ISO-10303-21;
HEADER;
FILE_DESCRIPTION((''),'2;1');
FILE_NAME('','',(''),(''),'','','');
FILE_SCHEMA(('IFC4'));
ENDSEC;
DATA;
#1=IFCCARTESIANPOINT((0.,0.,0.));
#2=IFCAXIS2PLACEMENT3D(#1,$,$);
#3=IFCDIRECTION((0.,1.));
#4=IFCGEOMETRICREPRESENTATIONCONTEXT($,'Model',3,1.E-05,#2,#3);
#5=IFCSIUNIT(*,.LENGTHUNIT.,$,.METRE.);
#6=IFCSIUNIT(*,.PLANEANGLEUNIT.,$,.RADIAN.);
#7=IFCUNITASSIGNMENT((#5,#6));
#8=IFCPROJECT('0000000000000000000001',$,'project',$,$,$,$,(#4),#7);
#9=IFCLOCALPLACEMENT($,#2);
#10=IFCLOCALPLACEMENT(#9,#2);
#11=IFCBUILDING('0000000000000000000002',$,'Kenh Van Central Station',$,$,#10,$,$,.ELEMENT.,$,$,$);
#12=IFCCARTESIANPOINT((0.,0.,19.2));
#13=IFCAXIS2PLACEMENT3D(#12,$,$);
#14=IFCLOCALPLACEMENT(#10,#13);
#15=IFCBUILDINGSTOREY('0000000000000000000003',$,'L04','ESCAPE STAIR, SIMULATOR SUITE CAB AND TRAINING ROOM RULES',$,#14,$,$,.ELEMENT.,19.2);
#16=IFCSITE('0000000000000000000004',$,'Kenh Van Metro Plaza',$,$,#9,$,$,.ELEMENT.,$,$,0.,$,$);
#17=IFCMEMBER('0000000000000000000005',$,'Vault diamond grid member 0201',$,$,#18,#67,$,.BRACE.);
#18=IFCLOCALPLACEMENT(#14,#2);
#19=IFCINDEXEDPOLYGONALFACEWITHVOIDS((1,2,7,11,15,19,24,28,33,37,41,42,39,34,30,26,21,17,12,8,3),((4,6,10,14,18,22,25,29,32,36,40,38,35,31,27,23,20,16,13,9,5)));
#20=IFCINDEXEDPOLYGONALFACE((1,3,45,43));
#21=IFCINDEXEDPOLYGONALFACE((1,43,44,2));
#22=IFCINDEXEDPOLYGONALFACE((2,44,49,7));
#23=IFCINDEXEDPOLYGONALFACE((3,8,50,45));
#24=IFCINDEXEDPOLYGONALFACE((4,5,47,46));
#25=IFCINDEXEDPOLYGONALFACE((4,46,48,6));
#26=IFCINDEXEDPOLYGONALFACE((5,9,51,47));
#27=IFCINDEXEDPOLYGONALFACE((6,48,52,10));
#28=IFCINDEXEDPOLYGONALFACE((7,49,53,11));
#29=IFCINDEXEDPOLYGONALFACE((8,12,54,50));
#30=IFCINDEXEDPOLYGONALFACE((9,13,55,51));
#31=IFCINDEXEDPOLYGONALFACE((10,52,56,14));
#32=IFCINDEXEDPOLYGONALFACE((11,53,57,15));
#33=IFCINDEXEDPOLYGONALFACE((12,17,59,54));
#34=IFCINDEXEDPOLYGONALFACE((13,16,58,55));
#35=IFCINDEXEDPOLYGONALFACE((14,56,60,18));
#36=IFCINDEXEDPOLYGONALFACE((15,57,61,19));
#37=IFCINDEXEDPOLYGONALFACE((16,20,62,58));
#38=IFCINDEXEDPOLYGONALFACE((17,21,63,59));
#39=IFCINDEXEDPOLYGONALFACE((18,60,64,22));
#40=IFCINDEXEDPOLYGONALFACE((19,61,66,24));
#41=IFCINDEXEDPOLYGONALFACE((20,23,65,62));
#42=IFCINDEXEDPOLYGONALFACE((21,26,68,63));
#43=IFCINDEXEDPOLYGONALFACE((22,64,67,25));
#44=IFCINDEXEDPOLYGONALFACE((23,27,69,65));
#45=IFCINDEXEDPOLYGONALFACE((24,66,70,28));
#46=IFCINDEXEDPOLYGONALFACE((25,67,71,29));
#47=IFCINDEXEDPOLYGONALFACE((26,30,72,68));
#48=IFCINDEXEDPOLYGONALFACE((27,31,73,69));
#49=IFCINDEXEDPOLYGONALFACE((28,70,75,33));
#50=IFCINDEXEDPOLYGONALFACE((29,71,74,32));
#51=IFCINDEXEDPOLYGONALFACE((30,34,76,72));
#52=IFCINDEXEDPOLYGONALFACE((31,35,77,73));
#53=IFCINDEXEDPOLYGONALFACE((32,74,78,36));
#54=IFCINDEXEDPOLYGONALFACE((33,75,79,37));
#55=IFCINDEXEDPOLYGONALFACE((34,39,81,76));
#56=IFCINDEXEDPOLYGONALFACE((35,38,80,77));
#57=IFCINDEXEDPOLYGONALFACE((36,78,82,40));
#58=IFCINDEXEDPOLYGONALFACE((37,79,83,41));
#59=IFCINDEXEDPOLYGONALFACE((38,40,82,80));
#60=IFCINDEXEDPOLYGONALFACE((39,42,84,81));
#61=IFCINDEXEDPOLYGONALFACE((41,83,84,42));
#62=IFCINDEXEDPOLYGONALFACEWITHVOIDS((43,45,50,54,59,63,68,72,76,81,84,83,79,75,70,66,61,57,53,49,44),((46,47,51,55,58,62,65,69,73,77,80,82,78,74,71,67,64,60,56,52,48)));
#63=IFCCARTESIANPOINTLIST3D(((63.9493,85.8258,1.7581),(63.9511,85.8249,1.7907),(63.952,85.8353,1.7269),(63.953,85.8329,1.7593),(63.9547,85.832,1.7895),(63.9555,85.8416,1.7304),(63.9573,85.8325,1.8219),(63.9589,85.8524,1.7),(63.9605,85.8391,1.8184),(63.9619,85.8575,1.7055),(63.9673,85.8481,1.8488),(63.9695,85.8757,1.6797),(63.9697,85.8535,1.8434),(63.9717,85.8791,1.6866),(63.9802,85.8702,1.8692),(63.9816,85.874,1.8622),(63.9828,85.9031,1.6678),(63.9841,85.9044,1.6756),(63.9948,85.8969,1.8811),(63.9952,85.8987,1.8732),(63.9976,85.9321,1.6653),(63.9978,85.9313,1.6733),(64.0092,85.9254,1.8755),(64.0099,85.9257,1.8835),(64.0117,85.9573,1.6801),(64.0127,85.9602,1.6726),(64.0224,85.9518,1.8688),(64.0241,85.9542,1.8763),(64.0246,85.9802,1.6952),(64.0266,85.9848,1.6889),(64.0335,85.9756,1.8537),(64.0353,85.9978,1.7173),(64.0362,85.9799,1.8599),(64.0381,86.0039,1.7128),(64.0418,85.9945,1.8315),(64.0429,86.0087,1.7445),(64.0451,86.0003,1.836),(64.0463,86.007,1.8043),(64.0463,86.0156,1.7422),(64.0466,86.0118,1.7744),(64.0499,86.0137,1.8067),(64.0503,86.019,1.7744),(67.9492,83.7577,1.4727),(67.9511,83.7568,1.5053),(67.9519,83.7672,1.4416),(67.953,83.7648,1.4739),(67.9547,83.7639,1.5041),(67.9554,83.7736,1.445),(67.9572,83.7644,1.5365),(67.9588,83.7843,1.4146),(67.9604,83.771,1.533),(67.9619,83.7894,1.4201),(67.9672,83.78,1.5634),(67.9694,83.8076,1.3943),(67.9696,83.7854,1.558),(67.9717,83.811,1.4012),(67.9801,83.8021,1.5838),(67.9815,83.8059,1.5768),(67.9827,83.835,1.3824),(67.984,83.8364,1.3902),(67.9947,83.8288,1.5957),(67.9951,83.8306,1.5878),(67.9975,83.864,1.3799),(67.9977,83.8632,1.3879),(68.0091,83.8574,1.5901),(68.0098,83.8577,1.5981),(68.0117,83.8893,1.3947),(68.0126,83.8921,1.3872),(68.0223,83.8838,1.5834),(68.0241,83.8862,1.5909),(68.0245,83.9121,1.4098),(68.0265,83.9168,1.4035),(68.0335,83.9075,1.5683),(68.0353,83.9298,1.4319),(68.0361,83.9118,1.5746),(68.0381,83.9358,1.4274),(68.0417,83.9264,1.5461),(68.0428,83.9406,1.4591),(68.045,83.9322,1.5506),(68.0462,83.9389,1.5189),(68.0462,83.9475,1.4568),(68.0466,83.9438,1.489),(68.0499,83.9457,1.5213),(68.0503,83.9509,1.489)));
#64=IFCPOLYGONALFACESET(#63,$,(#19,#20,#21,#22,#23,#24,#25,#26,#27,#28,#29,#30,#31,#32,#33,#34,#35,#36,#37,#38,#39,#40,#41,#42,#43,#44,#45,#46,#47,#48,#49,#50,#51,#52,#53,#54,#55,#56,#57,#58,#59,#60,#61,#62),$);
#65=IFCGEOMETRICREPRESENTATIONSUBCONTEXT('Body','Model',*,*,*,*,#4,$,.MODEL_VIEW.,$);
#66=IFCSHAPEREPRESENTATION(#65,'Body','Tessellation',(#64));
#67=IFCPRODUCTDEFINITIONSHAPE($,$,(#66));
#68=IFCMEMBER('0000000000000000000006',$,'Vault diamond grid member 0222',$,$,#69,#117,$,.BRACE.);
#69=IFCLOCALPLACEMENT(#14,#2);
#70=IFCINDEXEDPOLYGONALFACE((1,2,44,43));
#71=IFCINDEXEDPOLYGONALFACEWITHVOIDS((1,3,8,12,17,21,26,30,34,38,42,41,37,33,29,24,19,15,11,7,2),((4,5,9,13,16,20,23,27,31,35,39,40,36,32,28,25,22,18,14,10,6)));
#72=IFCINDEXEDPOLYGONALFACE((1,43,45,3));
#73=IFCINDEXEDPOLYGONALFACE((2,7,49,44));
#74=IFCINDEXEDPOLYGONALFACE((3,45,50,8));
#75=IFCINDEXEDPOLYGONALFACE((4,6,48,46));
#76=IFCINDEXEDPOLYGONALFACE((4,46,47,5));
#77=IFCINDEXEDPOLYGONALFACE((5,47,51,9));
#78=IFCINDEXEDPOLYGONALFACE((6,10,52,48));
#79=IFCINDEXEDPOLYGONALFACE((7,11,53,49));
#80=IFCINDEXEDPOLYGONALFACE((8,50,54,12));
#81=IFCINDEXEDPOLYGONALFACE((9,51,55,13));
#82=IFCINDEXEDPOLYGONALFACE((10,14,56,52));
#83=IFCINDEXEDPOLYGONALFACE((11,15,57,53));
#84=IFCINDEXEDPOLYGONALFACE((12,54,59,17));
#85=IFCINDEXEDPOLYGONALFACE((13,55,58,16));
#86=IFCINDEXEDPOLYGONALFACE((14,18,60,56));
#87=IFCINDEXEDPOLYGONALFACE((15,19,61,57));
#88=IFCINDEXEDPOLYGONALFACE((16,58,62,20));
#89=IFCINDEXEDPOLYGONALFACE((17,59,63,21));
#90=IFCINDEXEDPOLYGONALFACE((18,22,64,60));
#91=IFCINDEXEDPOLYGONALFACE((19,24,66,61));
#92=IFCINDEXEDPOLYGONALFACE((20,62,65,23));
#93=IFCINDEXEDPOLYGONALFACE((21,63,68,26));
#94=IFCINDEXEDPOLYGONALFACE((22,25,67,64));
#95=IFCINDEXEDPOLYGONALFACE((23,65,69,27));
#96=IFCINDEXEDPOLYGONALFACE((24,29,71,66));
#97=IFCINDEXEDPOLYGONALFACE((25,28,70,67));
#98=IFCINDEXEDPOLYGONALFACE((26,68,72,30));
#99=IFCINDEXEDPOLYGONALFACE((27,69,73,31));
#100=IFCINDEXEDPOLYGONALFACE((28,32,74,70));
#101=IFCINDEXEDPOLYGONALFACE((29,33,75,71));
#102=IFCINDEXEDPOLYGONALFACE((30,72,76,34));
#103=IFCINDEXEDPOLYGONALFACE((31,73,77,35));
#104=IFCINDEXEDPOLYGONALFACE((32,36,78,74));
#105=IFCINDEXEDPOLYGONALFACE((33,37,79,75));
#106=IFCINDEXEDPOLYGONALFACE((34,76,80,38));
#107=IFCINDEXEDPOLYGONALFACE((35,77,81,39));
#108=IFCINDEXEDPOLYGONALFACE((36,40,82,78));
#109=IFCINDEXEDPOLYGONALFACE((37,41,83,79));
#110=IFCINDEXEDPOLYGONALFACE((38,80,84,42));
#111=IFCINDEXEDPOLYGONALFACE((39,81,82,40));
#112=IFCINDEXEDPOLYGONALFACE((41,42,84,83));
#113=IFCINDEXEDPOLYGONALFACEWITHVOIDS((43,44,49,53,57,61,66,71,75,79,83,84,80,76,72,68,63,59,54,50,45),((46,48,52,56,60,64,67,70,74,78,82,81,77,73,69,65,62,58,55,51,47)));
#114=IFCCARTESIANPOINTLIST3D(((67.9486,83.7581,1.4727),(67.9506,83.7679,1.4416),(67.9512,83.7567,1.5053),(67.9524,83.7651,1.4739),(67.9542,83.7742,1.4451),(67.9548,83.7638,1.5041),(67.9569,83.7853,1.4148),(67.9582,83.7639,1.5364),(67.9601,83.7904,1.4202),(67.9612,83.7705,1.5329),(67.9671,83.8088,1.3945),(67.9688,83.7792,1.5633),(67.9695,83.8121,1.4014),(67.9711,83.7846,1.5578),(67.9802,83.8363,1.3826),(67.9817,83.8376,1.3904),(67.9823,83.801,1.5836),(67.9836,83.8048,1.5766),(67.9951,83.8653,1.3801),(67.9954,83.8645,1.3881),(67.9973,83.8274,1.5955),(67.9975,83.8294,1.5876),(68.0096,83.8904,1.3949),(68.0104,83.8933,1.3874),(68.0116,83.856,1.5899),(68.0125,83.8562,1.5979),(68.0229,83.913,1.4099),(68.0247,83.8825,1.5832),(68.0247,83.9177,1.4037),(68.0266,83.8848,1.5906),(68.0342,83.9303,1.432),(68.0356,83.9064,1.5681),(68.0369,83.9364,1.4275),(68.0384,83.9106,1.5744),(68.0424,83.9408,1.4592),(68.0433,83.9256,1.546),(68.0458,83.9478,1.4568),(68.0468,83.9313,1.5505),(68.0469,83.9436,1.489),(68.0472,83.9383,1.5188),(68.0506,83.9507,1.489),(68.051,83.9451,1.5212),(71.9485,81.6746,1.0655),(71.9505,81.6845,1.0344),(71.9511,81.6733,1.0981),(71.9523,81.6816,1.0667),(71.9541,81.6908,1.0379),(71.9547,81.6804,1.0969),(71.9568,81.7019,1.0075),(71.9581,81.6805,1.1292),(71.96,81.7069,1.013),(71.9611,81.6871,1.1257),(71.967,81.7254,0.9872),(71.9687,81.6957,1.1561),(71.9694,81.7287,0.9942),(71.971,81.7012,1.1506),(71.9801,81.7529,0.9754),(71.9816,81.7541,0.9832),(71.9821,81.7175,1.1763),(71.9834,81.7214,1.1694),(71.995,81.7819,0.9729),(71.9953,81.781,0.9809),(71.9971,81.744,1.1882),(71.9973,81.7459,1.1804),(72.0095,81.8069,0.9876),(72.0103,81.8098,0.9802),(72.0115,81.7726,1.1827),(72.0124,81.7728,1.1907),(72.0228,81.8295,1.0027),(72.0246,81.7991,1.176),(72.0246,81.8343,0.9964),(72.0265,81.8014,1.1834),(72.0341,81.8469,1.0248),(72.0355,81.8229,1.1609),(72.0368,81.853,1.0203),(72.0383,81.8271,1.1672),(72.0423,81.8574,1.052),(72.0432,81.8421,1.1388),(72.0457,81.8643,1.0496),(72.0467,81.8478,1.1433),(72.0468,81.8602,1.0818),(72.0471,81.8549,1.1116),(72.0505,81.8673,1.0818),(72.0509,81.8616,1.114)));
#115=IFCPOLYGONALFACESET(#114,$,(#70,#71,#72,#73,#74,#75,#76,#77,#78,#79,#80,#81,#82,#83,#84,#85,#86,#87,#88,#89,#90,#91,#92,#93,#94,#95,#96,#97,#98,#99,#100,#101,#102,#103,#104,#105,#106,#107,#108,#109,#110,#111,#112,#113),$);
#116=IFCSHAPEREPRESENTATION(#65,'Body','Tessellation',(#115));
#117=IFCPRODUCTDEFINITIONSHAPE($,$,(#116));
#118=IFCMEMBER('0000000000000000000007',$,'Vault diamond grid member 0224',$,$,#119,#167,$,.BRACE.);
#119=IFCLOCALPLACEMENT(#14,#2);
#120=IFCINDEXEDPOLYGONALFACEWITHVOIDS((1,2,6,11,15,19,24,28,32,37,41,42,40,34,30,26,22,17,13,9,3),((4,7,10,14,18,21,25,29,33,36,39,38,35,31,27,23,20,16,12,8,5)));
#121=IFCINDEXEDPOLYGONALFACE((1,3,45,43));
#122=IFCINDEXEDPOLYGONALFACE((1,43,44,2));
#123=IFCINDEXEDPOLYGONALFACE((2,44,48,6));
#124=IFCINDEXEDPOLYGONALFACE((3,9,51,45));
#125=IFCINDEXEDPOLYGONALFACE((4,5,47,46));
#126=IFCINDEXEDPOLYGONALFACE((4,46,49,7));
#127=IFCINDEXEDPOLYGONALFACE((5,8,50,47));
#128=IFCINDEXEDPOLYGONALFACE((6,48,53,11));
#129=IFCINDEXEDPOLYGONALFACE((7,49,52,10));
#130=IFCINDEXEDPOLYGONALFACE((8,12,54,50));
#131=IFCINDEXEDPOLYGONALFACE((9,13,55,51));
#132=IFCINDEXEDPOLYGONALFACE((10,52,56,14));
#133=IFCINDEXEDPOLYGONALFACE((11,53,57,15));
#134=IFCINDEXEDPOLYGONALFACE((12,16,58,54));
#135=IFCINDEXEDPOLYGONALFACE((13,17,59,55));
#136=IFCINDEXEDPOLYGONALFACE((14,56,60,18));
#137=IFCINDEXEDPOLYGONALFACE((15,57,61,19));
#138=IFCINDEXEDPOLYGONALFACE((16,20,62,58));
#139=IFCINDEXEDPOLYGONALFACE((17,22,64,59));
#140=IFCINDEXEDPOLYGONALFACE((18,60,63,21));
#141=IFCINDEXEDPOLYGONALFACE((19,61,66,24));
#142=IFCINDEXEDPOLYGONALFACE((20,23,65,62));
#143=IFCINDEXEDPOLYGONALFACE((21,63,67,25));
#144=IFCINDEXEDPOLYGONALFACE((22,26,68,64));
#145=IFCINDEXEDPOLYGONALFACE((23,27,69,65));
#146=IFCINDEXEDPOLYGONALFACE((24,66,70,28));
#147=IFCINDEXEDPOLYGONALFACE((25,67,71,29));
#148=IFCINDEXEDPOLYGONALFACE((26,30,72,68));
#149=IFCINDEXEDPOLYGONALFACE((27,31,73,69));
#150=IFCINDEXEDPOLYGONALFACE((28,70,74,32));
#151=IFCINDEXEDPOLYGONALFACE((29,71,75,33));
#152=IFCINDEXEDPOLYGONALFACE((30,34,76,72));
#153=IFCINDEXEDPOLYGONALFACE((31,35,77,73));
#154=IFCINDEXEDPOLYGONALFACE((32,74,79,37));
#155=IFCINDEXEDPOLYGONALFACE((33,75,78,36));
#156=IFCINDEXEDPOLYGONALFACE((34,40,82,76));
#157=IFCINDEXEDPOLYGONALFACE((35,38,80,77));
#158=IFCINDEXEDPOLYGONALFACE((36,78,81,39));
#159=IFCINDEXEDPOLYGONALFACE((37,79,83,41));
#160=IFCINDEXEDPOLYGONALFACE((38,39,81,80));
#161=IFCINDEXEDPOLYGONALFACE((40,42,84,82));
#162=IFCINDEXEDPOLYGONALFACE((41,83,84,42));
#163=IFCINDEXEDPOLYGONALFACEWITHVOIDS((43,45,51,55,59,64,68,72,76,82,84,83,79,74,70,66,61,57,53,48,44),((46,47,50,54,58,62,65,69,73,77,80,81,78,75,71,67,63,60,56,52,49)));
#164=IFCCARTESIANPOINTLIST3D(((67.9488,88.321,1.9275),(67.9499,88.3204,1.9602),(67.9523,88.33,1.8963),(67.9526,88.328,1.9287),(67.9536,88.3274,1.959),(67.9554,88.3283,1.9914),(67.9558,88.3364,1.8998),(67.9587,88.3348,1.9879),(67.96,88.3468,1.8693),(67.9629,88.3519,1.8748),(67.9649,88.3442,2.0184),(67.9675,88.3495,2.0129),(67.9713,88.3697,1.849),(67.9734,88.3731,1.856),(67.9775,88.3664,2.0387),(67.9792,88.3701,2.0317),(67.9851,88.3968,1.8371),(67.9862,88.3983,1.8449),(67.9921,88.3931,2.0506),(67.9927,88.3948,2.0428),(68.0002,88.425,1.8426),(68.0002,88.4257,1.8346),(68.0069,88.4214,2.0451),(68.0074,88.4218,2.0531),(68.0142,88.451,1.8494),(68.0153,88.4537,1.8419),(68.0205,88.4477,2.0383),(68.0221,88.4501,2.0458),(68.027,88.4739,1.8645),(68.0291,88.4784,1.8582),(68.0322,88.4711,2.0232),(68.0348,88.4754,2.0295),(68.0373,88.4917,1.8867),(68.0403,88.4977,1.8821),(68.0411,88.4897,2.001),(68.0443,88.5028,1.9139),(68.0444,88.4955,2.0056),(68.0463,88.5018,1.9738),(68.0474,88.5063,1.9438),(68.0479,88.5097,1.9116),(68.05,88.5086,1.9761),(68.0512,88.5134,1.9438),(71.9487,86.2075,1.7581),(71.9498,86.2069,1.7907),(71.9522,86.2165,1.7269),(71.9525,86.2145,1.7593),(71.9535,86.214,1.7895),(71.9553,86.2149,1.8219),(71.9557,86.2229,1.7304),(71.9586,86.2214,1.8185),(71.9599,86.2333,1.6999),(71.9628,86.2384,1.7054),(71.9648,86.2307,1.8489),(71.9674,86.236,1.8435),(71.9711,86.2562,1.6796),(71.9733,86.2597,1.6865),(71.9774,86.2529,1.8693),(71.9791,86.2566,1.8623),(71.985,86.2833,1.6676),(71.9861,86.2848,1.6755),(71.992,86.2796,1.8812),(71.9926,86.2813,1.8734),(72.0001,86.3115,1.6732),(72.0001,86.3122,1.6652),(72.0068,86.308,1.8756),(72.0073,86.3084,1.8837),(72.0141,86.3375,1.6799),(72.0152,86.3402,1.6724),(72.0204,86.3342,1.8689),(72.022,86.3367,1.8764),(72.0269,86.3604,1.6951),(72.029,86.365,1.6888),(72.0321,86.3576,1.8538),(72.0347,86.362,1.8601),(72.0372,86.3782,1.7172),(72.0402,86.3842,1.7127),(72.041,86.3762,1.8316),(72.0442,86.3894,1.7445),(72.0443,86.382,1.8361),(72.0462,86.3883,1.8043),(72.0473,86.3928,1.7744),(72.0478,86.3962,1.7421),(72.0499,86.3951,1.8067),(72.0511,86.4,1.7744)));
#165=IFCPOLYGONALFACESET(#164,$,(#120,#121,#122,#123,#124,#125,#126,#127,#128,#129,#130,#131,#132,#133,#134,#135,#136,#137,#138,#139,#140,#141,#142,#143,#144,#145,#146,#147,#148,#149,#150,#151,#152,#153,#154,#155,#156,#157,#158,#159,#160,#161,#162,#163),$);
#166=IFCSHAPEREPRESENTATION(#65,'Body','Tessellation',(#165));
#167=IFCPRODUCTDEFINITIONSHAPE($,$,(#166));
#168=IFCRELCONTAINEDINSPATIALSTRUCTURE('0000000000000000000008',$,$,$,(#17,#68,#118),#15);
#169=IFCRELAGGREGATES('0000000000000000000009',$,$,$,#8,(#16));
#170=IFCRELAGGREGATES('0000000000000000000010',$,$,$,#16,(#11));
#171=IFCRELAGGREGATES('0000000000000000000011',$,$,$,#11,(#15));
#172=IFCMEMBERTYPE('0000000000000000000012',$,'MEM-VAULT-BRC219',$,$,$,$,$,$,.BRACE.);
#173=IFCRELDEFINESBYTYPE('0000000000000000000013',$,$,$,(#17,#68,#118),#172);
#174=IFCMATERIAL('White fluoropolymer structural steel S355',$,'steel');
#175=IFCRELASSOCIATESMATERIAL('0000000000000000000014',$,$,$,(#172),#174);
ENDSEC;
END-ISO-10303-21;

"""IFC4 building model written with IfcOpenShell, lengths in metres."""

from ifc_helpers import new_model, si_unit, direction, frame, origin, origin_2d, place, context, subcontext, project, spatial, hollow_circle, extrude, material, material_profile, profile_set, type_object, element, save


model = new_model("IFC4")

# Units and contexts
model_context = context("Model", 3, precision=1e-05, world=origin(), true_north=direction((0.0, 1.0)))
body_context = subcontext(model_context, "Body", "Model", "MODEL_VIEW")
ifc_project = project(units=[si_unit("LENGTHUNIT", "METRE"), si_unit("PLANEANGLEUNIT", "RADIAN")], contexts=[model_context])

# Site, building, storey
site_placement = place(None, origin())
site = spatial("IfcSite", under=ifc_project, at=site_placement, Name="Kenh Van Metro Plaza", CompositionType="ELEMENT", RefElevation=0.0)
building_placement = place(site_placement, origin())
building = spatial("IfcBuilding", under=site, at=building_placement, Name="Kenh Van Central Station", CompositionType="ELEMENT")
storey_placement = place(building_placement, frame((0.0, 0.0, 19.2)))
storey = spatial("IfcBuildingStorey", under=building, at=storey_placement, Name="L04", Description="ESCAPE STAIR, SIMULATOR SUITE CAB AND TRAINING ROOM RULES", CompositionType="ELEMENT", Elevation=19.2)

# Shared definitions
ifc_material_1 = material(Name="White fluoropolymer structural steel S355", Category="steel")

# Members
ifc_material_profile_1 = material_profile(ifc_material_1, hollow_circle(Radius=0.1096, WallThickness=0.0081, at=origin_2d()), Name="CHS 219.1x8")
ifc_profile_set_1 = profile_set([ifc_material_profile_1], Name="White fluoropolymer structural steel S355")
member_type_1 = type_object("IfcMemberType", Name="MEM-VAULT-BRC219", PredefinedType="BRACE", material=ifc_profile_set_1)
member_1_placement = place(storey_placement, frame((64.0, 85.9216, 1.7744), z_axis=(0.886516, -0.458354, -0.063253), x_axis=(0.459274, 0.888295, 0.0)))
element("IfcMember", 1, at=member_1_placement, inside=storey, type_object=member_type_1, Name="Vault diamond grid member 0201", PredefinedType="BRACE", context=body_context, shape_type="SweptSolid", body=[
    extrude(hollow_circle(Radius=0.1096, WallThickness=0.0081, at=origin_2d()), origin(), (0.0, 0.0, 1.0), 4.512),
])
member_2_placement = place(storey_placement, frame((68.0, 83.8535, 1.489), z_axis=(0.883306, -0.460091, -0.089926), x_axis=(0.461963, 0.886899, 0.0)))
element("IfcMember", 2, at=member_2_placement, inside=storey, type_object=member_type_1, Name="Vault diamond grid member 0222", PredefinedType="BRACE", context=body_context, shape_type="SweptSolid", body=[
    extrude(hollow_circle(Radius=0.1096, WallThickness=0.0081, at=origin_2d()), origin(), (0.0, 0.0, 1.0), 4.5283),
])
member_3_placement = place(storey_placement, frame((68.0, 88.4165, 1.9438), z_axis=(0.883545, -0.466849, -0.037426), x_axis=(0.467176, 0.884164, 0.0)))
element("IfcMember", 3, at=member_3_placement, inside=storey, type_object=member_type_1, Name="Vault diamond grid member 0224", PredefinedType="BRACE", context=body_context, shape_type="SweptSolid", body=[
    extrude(hollow_circle(Radius=0.1096, WallThickness=0.0081, at=origin_2d()), origin(), (0.0, 0.0, 1.0), 4.5271),
])

save(model, "model.ifc")
